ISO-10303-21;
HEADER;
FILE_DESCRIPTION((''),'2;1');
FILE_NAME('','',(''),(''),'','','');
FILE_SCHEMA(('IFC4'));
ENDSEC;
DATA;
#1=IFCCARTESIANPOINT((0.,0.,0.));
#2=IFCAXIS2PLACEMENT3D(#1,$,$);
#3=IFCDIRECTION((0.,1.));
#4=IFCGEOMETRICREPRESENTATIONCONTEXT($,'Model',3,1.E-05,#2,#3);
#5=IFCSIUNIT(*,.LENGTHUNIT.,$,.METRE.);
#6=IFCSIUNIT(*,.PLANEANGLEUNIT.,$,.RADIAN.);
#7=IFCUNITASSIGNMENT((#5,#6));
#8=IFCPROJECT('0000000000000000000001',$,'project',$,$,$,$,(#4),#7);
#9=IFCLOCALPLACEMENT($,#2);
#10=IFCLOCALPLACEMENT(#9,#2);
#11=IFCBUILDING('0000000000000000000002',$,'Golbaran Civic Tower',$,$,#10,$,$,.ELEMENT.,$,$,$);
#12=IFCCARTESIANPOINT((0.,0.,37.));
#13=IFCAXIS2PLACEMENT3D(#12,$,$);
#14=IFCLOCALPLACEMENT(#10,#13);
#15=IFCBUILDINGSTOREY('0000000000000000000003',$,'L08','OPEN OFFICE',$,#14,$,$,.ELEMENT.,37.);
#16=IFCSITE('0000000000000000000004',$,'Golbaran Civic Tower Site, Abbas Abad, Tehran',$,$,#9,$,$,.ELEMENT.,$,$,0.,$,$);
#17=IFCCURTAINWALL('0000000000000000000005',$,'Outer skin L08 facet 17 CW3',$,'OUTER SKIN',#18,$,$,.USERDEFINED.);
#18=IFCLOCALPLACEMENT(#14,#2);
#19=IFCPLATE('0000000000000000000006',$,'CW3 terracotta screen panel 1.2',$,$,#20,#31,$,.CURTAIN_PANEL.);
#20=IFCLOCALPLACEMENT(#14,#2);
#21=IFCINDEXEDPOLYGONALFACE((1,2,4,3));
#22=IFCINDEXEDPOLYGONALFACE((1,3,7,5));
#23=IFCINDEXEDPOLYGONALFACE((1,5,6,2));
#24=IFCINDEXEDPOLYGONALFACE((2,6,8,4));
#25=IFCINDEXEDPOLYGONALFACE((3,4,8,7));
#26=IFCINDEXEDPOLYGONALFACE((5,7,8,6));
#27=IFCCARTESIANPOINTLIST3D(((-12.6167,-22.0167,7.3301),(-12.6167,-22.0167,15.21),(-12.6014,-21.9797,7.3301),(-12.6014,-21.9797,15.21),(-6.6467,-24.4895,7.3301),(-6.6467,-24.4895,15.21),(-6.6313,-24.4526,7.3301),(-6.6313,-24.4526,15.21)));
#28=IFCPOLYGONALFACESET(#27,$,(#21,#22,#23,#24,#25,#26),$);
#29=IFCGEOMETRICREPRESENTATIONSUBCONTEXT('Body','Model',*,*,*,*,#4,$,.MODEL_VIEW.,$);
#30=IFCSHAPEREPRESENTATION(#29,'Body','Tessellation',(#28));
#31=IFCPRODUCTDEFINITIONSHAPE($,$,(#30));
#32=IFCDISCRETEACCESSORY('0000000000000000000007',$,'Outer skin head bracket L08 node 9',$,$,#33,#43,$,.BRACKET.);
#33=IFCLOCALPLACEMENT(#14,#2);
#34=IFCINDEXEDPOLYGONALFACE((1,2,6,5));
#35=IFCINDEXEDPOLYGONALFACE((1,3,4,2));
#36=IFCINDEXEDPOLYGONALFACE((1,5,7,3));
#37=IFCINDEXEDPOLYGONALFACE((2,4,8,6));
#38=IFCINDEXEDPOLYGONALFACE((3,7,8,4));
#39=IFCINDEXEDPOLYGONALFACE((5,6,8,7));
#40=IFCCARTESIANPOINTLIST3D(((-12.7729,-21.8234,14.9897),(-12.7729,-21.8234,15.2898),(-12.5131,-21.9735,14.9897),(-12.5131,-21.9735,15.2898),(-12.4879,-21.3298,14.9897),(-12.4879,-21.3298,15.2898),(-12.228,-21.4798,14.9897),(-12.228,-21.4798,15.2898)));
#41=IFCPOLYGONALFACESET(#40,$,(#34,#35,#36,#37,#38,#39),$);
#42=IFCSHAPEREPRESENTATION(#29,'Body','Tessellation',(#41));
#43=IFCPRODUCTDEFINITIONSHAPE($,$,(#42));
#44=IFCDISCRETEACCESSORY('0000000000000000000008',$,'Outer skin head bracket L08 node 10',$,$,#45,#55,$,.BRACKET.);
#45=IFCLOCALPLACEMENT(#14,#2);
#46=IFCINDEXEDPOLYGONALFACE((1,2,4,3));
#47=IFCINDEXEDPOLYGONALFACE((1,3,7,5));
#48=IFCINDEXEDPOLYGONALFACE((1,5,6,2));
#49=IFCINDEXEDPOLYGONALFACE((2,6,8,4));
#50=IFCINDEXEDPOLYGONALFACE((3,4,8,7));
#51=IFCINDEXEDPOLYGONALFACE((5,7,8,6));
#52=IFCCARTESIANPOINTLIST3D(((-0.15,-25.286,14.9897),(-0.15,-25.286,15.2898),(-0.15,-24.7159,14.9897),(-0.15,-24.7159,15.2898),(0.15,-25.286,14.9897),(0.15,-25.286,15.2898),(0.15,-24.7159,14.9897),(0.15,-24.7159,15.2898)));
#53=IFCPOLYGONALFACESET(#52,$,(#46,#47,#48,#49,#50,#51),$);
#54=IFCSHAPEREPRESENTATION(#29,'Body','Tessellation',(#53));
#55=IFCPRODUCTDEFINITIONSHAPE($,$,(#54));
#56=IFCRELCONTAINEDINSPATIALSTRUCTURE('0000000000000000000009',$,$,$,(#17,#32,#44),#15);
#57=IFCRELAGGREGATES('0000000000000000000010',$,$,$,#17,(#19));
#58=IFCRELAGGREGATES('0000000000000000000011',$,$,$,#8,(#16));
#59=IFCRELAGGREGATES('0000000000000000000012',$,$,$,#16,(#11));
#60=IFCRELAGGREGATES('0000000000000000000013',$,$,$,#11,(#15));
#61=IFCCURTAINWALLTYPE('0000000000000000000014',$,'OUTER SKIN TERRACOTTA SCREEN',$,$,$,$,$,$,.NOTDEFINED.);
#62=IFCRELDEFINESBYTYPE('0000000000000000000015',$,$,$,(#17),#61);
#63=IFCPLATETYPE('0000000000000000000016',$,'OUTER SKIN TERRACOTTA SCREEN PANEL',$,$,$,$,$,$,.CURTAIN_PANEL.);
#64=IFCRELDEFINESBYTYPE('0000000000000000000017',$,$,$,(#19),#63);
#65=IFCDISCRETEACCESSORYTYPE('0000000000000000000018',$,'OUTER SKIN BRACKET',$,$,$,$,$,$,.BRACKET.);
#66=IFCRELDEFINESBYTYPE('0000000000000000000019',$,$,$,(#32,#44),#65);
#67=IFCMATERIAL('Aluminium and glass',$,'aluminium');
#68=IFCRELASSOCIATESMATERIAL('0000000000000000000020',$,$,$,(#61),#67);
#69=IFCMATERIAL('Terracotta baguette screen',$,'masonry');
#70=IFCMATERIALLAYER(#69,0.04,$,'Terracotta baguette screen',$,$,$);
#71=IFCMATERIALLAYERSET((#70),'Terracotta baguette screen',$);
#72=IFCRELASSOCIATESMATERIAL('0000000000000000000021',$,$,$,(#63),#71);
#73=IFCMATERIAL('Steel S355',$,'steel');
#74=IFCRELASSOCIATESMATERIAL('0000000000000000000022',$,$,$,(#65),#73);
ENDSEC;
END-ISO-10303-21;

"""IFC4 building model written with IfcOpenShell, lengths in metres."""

from ifc_helpers import new_model, si_unit, direction, frame, origin, origin_2d, place, context, subcontext, project, spatial, rectangle, extrude, material, layer, layer_set, type_object, element, aggregate, save


model = new_model("IFC4")

# Units and contexts
model_context = context("Model", 3, precision=1e-05, world=origin(), true_north=direction((0.0, 1.0)))
body_context = subcontext(model_context, "Body", "Model", "MODEL_VIEW")
ifc_project = project(units=[si_unit("LENGTHUNIT", "METRE"), si_unit("PLANEANGLEUNIT", "RADIAN")], contexts=[model_context])

# Site, building, storey
site_placement = place(None, origin())
site = spatial("IfcSite", under=ifc_project, at=site_placement, Name="Golbaran Civic Tower Site, Abbas Abad, Tehran", CompositionType="ELEMENT", RefElevation=0.0)
building_placement = place(site_placement, origin())
building = spatial("IfcBuilding", under=site, at=building_placement, Name="Golbaran Civic Tower", CompositionType="ELEMENT")
storey_placement = place(building_placement, frame((0.0, 0.0, 37.0)))
storey = spatial("IfcBuildingStorey", under=building, at=storey_placement, Name="L08", Description="OPEN OFFICE", CompositionType="ELEMENT", Elevation=37.0)

# Curtain wall
ifc_material_1 = material(Name="Aluminium and glass", Category="aluminium")
curtain_wall_type_1 = type_object("IfcCurtainWallType", Name="OUTER SKIN TERRACOTTA SCREEN", PredefinedType="NOTDEFINED", material=ifc_material_1)
curtain_wall_1_placement = place(storey_placement, origin())
curtain_wall_1 = element("IfcCurtainWall", 1, at=curtain_wall_1_placement, inside=storey, type_object=curtain_wall_type_1, Name="Outer skin L08 facet 17 CW3", ObjectType="OUTER SKIN", PredefinedType="USERDEFINED")

# Plate
ifc_material_2 = material(Name="Terracotta baguette screen", Category="masonry")
ifc_layer_1 = layer(ifc_material_2, 0.04, Name="Terracotta baguette screen")
ifc_layer_set_1 = layer_set([ifc_layer_1], Name="Terracotta baguette screen")
plate_type_1 = type_object("IfcPlateType", Name="OUTER SKIN TERRACOTTA SCREEN PANEL", PredefinedType="CURTAIN_PANEL", material=ifc_layer_set_1)
plate_1_placement = place(storey_placement, frame((-9.624, -23.2346, 7.3301), z_axis=(0.0, 0.0, 1.0), x_axis=(0.92388, -0.382683, 0.0)))
plate_1 = element("IfcPlate", 2, at=plate_1_placement, type_object=plate_type_1, Name="CW3 terracotta screen panel 1.2", PredefinedType="CURTAIN_PANEL", context=body_context, shape_type="SweptSolid", body=[
    extrude(rectangle(XDim=6.4619, YDim=0.04, at=origin_2d()), origin(), (0.0, 0.0, 1.0), 7.8799),
])
aggregate(curtain_wall_1, [plate_1])

# Discrete accessories
ifc_material_3 = material(Name="Steel S355", Category="steel")
discrete_accessory_type = type_object("IfcDiscreteAccessoryType", Name="OUTER SKIN BRACKET", PredefinedType="BRACKET", material=ifc_material_3)
for number, where, z_axis, x_axis, name in (
    (3, (-12.5005, -21.6516, 14.9897), (0.0, 0.0, 1.0), (-0.5, -0.866025, 0.0), "Outer skin head bracket L08 node 9"),
    (4, (0.0, -25.001, 14.9897), (0.0, 0.0, 1.0), (0.0, -1.0, 0.0), "Outer skin head bracket L08 node 10"),
):
    element("IfcDiscreteAccessory", number, at=place(storey_placement, frame(where, z_axis=z_axis, x_axis=x_axis)), inside=storey, type_object=discrete_accessory_type, Name=name, PredefinedType="BRACKET", context=body_context, shape_type="SweptSolid", body=[
        extrude(rectangle(XDim=0.5701, YDim=0.3, at=origin_2d()), origin(), (0.0, 0.0, 1.0), 0.3),
    ])

save(model, "model.ifc")
